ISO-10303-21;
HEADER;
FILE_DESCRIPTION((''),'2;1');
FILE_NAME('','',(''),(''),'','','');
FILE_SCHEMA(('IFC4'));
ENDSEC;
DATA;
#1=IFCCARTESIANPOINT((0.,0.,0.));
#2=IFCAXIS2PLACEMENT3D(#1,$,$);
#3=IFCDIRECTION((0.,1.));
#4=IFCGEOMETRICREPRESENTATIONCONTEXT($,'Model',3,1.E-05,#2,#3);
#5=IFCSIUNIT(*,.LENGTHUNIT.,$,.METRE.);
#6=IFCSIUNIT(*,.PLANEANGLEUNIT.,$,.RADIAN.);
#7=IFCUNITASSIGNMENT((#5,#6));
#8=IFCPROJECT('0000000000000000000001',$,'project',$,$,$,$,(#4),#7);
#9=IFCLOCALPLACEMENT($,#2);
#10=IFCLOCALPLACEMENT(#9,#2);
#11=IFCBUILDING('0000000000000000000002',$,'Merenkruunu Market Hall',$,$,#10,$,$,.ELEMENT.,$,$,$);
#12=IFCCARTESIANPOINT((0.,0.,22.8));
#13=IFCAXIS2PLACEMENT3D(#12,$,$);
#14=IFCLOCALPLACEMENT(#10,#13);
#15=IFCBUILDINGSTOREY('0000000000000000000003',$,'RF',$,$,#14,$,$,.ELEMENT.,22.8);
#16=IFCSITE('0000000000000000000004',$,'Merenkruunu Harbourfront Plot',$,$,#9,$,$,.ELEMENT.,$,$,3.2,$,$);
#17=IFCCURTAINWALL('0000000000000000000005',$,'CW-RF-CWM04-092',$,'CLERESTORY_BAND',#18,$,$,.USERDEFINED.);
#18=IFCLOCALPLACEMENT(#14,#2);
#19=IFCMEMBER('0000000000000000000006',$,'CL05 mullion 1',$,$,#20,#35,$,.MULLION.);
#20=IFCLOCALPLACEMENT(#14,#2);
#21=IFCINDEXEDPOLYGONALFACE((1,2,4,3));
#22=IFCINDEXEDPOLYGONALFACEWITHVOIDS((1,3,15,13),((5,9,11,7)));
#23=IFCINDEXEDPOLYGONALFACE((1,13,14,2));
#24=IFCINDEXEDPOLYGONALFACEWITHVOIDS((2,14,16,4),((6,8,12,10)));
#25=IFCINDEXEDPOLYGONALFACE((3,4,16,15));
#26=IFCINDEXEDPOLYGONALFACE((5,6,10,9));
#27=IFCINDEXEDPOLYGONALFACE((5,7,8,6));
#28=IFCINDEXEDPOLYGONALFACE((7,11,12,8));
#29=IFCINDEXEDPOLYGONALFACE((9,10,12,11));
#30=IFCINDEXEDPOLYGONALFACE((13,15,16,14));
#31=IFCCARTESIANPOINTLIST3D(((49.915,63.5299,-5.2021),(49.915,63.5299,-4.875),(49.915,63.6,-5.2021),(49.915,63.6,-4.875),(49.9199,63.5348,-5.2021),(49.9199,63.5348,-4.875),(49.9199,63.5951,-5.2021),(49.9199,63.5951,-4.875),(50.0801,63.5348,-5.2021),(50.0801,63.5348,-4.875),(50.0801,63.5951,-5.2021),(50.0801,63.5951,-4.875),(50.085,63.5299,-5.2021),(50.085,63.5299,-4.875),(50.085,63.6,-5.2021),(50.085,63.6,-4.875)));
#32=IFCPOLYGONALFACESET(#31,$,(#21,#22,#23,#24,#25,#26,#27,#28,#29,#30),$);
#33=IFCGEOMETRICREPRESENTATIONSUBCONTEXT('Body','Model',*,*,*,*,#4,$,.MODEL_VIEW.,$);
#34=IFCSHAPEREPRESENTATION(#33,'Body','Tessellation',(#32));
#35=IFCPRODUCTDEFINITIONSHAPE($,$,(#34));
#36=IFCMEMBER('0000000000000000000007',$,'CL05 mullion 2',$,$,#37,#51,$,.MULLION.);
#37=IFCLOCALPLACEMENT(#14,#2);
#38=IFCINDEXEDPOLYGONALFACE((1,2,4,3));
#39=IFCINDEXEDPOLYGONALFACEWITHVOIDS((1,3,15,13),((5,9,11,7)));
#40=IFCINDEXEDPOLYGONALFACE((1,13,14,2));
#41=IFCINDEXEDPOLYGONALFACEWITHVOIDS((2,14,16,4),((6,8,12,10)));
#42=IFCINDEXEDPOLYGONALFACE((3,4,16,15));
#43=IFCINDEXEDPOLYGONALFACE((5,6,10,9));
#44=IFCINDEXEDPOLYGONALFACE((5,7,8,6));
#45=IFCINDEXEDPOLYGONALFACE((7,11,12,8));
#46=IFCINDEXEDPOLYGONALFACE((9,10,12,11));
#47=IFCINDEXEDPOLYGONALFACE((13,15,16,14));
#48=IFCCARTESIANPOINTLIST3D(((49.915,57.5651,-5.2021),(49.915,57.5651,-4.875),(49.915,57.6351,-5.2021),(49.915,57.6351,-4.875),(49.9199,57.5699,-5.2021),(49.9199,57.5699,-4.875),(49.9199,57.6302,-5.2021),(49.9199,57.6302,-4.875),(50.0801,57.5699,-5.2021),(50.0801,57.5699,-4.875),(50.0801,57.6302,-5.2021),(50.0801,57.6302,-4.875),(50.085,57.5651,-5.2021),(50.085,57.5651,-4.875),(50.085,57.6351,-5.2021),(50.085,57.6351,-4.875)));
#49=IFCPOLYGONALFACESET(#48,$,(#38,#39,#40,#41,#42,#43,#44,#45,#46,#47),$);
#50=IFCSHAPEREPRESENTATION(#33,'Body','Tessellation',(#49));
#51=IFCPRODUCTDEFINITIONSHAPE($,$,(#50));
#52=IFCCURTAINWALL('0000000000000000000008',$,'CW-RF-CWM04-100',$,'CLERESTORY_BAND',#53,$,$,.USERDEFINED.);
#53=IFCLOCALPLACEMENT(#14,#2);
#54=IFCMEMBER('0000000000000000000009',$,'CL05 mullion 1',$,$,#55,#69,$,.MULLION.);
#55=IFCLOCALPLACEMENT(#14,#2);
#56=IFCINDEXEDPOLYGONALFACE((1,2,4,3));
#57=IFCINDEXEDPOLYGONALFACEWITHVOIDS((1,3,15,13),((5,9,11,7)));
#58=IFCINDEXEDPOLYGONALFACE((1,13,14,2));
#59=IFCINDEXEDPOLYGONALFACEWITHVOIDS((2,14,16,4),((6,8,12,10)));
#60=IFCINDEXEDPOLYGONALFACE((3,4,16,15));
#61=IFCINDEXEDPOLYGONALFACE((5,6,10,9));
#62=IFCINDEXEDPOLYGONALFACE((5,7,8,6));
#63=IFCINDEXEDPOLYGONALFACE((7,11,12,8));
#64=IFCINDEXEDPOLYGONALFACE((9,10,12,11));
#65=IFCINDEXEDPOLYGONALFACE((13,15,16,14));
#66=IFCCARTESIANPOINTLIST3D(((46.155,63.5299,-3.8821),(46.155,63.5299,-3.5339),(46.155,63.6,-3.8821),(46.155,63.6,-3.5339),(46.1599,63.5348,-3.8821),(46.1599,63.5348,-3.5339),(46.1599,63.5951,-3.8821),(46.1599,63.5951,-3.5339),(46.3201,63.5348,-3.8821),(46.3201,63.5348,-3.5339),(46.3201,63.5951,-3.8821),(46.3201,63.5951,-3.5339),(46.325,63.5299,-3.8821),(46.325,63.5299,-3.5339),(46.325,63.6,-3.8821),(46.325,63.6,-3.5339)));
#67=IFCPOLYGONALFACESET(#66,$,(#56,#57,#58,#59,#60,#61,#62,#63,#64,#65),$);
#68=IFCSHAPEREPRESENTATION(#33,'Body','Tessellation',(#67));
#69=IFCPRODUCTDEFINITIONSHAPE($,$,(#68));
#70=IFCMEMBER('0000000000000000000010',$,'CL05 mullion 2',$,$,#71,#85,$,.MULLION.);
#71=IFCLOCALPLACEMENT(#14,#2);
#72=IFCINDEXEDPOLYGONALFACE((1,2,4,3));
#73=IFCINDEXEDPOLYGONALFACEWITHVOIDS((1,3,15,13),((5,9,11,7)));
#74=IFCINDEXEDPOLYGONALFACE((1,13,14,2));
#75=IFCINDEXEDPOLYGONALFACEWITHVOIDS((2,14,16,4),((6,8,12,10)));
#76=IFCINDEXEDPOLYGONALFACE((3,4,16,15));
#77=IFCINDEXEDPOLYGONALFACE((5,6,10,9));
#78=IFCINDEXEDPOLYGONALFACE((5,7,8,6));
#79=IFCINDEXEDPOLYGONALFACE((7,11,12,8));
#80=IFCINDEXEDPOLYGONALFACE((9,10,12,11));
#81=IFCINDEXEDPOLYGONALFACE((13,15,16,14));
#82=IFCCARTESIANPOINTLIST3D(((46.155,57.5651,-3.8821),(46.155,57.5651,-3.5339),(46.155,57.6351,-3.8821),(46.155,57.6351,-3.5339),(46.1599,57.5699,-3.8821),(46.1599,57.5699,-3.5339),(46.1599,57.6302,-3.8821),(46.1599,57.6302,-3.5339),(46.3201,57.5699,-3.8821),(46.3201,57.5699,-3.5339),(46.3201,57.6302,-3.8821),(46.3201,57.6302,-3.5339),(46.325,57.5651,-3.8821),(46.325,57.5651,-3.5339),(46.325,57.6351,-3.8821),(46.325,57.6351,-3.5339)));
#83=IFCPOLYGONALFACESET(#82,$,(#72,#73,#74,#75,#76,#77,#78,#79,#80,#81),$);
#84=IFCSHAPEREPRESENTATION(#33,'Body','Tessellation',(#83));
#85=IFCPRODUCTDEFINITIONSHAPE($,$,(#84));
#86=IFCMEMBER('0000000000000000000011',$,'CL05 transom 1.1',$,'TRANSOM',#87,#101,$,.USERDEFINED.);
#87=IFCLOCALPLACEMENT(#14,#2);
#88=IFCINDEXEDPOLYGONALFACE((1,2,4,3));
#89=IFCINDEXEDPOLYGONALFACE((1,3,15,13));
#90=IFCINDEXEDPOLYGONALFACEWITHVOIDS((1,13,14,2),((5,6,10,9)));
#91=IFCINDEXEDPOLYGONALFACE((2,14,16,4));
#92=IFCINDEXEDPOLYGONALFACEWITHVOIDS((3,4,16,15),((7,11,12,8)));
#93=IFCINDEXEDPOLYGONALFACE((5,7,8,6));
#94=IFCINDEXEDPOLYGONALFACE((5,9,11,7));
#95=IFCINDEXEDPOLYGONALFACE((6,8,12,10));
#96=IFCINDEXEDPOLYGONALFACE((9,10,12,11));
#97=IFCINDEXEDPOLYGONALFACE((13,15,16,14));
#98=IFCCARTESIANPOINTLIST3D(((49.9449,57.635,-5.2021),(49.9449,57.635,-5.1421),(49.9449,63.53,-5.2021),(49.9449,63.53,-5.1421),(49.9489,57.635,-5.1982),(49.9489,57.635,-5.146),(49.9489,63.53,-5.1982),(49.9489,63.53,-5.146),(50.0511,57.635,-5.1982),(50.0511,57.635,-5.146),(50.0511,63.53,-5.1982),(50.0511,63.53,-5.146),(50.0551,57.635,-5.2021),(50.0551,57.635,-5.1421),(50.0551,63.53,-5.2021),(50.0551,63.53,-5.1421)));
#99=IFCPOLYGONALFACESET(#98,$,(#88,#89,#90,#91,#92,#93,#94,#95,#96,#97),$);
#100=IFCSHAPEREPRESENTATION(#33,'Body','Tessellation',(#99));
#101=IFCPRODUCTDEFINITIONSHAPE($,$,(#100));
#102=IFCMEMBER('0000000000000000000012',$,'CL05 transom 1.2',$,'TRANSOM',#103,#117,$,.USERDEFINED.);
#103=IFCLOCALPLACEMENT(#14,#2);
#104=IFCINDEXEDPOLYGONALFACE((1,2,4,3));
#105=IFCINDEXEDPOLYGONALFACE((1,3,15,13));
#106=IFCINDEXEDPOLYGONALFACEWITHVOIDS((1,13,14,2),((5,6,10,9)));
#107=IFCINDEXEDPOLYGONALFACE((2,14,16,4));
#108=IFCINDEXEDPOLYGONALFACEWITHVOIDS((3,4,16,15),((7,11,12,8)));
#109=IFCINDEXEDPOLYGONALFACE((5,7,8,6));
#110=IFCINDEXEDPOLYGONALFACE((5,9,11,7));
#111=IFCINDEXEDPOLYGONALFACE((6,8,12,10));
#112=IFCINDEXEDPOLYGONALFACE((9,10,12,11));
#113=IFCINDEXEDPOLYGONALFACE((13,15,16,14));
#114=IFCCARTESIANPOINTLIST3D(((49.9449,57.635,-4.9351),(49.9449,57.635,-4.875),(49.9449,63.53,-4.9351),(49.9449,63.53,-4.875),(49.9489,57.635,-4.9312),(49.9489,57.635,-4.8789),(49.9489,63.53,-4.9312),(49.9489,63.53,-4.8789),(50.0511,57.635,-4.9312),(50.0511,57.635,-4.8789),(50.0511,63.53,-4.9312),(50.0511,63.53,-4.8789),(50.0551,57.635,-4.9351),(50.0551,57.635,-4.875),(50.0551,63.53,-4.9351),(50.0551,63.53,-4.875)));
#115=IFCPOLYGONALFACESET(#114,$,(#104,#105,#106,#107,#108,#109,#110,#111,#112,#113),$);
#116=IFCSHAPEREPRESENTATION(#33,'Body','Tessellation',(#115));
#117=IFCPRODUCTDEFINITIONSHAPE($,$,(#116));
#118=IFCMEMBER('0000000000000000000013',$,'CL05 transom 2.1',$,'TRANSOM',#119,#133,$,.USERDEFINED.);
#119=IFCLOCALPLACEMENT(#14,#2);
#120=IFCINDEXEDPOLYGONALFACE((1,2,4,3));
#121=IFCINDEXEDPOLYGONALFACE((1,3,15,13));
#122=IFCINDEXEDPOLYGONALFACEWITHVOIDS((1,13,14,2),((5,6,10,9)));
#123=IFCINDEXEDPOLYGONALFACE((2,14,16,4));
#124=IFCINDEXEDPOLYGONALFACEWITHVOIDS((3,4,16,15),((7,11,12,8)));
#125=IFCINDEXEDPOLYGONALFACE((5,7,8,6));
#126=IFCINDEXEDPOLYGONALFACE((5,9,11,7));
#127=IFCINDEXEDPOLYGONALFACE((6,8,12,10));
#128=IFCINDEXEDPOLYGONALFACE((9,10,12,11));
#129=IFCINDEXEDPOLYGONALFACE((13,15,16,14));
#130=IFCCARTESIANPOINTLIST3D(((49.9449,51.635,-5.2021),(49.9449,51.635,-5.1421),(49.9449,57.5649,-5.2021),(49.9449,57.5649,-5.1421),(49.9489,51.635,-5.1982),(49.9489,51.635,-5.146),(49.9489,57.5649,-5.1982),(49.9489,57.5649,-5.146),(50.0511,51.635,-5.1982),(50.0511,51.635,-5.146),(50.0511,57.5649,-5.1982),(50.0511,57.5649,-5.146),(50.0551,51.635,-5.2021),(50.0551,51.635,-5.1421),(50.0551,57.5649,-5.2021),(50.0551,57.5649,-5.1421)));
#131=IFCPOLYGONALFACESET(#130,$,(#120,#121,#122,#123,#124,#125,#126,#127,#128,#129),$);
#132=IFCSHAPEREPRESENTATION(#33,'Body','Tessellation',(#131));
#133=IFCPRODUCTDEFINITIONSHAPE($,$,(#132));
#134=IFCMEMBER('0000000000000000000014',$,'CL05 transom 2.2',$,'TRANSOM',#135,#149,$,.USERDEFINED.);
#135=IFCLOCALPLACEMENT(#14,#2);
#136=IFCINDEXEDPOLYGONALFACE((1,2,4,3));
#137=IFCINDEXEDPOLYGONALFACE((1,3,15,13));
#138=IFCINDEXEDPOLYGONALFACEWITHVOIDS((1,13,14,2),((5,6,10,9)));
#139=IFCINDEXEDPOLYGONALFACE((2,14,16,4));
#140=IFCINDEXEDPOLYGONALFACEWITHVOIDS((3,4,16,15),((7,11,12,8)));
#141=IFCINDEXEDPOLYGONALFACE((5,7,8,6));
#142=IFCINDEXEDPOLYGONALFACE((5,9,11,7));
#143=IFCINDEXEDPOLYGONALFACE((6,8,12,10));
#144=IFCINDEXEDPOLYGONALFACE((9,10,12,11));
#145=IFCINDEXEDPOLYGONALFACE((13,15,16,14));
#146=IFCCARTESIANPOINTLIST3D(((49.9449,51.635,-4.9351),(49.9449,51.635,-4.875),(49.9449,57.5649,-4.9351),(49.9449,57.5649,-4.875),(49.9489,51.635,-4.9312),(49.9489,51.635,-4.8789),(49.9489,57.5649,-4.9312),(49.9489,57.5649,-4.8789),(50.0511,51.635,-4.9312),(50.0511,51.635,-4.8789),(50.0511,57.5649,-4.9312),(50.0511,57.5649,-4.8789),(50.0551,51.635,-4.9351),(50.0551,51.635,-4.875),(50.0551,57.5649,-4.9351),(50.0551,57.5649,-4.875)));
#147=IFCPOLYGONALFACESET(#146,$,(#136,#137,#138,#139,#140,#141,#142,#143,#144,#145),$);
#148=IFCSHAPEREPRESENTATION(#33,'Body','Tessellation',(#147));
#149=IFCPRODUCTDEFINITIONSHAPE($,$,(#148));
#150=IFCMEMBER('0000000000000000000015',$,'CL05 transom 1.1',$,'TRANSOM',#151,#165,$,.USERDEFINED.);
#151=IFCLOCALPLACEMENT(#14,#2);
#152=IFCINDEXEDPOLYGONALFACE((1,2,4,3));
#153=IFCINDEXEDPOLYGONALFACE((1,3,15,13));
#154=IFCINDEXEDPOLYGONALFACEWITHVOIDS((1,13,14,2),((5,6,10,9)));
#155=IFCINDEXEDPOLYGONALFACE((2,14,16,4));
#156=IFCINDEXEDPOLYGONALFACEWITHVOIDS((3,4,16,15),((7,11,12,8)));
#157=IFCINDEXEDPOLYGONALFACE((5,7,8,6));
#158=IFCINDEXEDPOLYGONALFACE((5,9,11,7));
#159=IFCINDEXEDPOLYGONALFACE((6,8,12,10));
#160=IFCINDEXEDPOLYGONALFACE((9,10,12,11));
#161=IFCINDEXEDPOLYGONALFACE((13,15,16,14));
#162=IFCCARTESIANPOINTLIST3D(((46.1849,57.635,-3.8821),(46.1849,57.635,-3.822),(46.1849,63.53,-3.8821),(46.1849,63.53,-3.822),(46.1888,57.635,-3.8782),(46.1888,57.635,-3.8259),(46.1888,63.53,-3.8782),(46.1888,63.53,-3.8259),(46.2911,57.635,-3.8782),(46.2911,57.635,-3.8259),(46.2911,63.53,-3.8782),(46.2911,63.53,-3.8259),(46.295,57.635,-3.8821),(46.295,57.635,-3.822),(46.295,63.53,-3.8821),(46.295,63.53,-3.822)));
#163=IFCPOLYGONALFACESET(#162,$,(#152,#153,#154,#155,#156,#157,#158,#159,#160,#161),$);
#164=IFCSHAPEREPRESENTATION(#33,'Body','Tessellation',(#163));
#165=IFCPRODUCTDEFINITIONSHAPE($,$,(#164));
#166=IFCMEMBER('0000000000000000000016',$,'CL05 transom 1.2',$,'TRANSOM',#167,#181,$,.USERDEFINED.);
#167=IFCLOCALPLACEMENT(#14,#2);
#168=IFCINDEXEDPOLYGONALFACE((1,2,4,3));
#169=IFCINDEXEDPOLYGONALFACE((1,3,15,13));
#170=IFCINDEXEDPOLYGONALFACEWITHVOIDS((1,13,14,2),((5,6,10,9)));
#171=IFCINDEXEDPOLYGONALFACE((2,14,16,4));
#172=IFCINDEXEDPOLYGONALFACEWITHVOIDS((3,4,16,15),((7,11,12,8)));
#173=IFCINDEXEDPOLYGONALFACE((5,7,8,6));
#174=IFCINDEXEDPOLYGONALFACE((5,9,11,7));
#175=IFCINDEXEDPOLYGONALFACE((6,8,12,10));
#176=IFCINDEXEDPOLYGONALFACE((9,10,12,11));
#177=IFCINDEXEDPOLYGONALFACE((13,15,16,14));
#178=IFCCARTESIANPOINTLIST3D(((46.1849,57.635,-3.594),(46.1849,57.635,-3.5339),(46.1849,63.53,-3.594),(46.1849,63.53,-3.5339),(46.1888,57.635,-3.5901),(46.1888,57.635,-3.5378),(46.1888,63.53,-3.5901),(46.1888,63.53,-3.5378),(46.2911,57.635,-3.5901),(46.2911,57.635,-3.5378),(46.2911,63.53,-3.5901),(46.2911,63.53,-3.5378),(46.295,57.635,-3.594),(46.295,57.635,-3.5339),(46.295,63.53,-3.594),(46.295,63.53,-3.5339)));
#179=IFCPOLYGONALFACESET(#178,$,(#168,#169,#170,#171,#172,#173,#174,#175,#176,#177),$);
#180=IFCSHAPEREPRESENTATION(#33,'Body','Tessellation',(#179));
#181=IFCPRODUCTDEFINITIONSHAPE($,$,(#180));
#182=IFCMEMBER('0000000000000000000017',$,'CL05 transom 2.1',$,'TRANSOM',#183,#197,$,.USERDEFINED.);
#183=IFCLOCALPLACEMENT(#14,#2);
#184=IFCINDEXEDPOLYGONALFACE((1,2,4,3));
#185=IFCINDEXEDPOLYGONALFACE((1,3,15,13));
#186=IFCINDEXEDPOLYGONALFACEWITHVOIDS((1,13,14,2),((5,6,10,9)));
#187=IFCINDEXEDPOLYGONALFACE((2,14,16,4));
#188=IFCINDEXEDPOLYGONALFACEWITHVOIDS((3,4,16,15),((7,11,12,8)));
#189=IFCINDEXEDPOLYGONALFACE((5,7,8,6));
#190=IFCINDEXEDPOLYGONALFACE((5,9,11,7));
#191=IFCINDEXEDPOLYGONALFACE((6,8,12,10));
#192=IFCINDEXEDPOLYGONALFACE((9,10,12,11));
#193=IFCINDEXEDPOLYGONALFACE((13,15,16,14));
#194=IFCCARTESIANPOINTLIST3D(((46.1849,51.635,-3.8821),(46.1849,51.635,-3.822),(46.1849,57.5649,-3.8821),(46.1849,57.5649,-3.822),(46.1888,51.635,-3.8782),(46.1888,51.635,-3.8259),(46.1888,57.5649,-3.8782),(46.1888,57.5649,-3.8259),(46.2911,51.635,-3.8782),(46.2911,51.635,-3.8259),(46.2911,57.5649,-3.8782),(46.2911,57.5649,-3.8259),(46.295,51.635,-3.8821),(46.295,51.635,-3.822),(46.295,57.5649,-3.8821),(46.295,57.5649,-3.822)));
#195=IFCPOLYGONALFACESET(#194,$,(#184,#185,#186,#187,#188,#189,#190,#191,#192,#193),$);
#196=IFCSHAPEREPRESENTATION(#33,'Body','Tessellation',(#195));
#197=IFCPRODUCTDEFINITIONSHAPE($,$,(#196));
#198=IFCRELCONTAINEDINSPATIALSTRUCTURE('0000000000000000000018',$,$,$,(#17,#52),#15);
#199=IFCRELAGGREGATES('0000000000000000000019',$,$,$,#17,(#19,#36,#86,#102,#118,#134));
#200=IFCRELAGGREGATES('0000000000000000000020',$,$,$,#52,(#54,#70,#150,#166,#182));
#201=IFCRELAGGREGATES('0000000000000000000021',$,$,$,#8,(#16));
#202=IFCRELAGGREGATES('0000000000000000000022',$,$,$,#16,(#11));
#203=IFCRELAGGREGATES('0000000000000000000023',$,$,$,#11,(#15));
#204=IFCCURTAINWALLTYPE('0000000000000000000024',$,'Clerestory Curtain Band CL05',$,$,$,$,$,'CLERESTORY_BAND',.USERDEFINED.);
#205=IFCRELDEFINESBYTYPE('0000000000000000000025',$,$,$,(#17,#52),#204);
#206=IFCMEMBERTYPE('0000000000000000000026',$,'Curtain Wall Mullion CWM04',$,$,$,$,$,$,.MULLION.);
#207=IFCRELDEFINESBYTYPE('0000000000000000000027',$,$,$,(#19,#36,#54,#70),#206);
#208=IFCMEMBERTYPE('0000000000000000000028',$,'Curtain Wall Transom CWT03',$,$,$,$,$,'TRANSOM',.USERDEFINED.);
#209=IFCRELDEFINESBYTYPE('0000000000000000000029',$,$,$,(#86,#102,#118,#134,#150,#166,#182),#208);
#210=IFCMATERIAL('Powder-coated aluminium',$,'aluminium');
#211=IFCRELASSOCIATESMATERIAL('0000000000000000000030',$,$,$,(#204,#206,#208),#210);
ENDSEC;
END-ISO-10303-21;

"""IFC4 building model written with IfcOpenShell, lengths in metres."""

from ifc_helpers import new_model, si_unit, direction, frame, origin, origin_2d, place, context, subcontext, project, spatial, hollow_rectangle, extrude, material, material_profile, profile_set, type_object, element, aggregate, save


model = new_model("IFC4")

# Units and contexts
model_context = context("Model", 3, precision=1e-05, world=origin(), true_north=direction((0.0, 1.0)))
body_context = subcontext(model_context, "Body", "Model", "MODEL_VIEW")
ifc_project = project(units=[si_unit("LENGTHUNIT", "METRE"), si_unit("PLANEANGLEUNIT", "RADIAN")], contexts=[model_context])

# Site, building, storey
site_placement = place(None, origin())
site = spatial("IfcSite", under=ifc_project, at=site_placement, Name="Merenkruunu Harbourfront Plot", CompositionType="ELEMENT", RefElevation=3.2)
building_placement = place(site_placement, origin())
building = spatial("IfcBuilding", under=site, at=building_placement, Name="Merenkruunu Market Hall", CompositionType="ELEMENT")
storey_placement = place(building_placement, frame((0.0, 0.0, 22.8)))
storey = spatial("IfcBuildingStorey", under=building, at=storey_placement, Name="RF", CompositionType="ELEMENT", Elevation=22.8)

# Curtain walls, members
ifc_material_1 = material(Name="Powder-coated aluminium", Category="aluminium")
curtain_wall_type = type_object("IfcCurtainWallType", Name="Clerestory Curtain Band CL05", ElementType="CLERESTORY_BAND", PredefinedType="USERDEFINED", material=ifc_material_1)
curtain_wall_1_placement = place(storey_placement, origin())
curtain_wall_1 = element("IfcCurtainWall", 1, at=curtain_wall_1_placement, inside=storey, type_object=curtain_wall_type, Name="CW-RF-CWM04-092", ObjectType="CLERESTORY_BAND", PredefinedType="USERDEFINED")
ifc_material_profile_1 = material_profile(ifc_material_1, hollow_rectangle(XDim=0.0701, YDim=0.1699, WallThickness=0.0049, at=origin_2d()), Name="ALU 70x170x5")
ifc_profile_set_1 = profile_set([ifc_material_profile_1], Name="Powder-coated aluminium")
member_type_1 = type_object("IfcMemberType", Name="Curtain Wall Mullion CWM04", PredefinedType="MULLION", material=ifc_profile_set_1)
member_1_placement = place(storey_placement, frame((50.0, 63.5649, -5.2021), z_axis=(0.0, 0.0, 1.0), x_axis=(0.0, -1.0, 0.0)))
member_1 = element("IfcMember", 2, at=member_1_placement, type_object=member_type_1, Name="CL05 mullion 1", PredefinedType="MULLION", context=body_context, shape_type="SweptSolid", body=[
    extrude(hollow_rectangle(XDim=0.0701, YDim=0.1699, WallThickness=0.0049, at=origin_2d()), origin(), (0.0, 0.0, 1.0), 0.3271),
])
member_2_placement = place(storey_placement, frame((50.0, 57.6001, -5.2021), z_axis=(0.0, 0.0, 1.0), x_axis=(0.0, -1.0, 0.0)))
member_2 = element("IfcMember", 3, at=member_2_placement, type_object=member_type_1, Name="CL05 mullion 2", PredefinedType="MULLION", context=body_context, shape_type="SweptSolid", body=[
    extrude(hollow_rectangle(XDim=0.0701, YDim=0.1699, WallThickness=0.0049, at=origin_2d()), origin(), (0.0, 0.0, 1.0), 0.3271),
])
curtain_wall_2_placement = place(storey_placement, origin())
curtain_wall_2 = element("IfcCurtainWall", 4, at=curtain_wall_2_placement, inside=storey, type_object=curtain_wall_type, Name="CW-RF-CWM04-100", ObjectType="CLERESTORY_BAND", PredefinedType="USERDEFINED")
member_3_placement = place(storey_placement, frame((46.24, 63.5649, -3.8821), z_axis=(0.0, 0.0, 1.0), x_axis=(0.0, -1.0, 0.0)))
member_3 = element("IfcMember", 5, at=member_3_placement, type_object=member_type_1, Name="CL05 mullion 1", PredefinedType="MULLION", context=body_context, shape_type="SweptSolid", body=[
    extrude(hollow_rectangle(XDim=0.0701, YDim=0.1699, WallThickness=0.0049, at=origin_2d()), origin(), (0.0, 0.0, 1.0), 0.3481),
])
member_4_placement = place(storey_placement, frame((46.24, 57.6001, -3.8821), z_axis=(0.0, 0.0, 1.0), x_axis=(0.0, -1.0, 0.0)))
member_4 = element("IfcMember", 6, at=member_4_placement, type_object=member_type_1, Name="CL05 mullion 2", PredefinedType="MULLION", context=body_context, shape_type="SweptSolid", body=[
    extrude(hollow_rectangle(XDim=0.0701, YDim=0.1699, WallThickness=0.0049, at=origin_2d()), origin(), (0.0, 0.0, 1.0), 0.3481),
])

# Members
ifc_material_profile_2 = material_profile(ifc_material_1, hollow_rectangle(XDim=0.0601, YDim=0.1101, WallThickness=0.0039, at=origin_2d()), Name="ALU 60x110x4")
ifc_profile_set_2 = profile_set([ifc_material_profile_2], Name="Powder-coated aluminium")
member_type_2 = type_object("IfcMemberType", Name="Curtain Wall Transom CWT03", ElementType="TRANSOM", PredefinedType="USERDEFINED", material=ifc_profile_set_2)
member_5_placement = place(storey_placement, frame((50.0, 63.53, -5.1721), z_axis=(0.0, -1.0, 0.0), x_axis=(0.0, 0.0, 1.0)))
member_5 = element("IfcMember", 7, at=member_5_placement, type_object=member_type_2, Name="CL05 transom 1.1", ObjectType="TRANSOM", PredefinedType="USERDEFINED", context=body_context, shape_type="SweptSolid", body=[
    extrude(hollow_rectangle(XDim=0.0601, YDim=0.1101, WallThickness=0.0039, at=origin_2d()), origin(), (0.0, 0.0, 1.0), 5.895),
])
member_6_placement = place(storey_placement, frame((50.0, 63.53, -4.905), z_axis=(0.0, -1.0, 0.0), x_axis=(0.0, 0.0, 1.0)))
member_6 = element("IfcMember", 8, at=member_6_placement, type_object=member_type_2, Name="CL05 transom 1.2", ObjectType="TRANSOM", PredefinedType="USERDEFINED", context=body_context, shape_type="SweptSolid", body=[
    extrude(hollow_rectangle(XDim=0.0601, YDim=0.1101, WallThickness=0.0039, at=origin_2d()), origin(), (0.0, 0.0, 1.0), 5.895),
])
member_7_placement = place(storey_placement, frame((50.0, 57.5649, -5.1721), z_axis=(0.0, -1.0, 0.0), x_axis=(0.0, 0.0, 1.0)))
member_7 = element("IfcMember", 9, at=member_7_placement, type_object=member_type_2, Name="CL05 transom 2.1", ObjectType="TRANSOM", PredefinedType="USERDEFINED", context=body_context, shape_type="SweptSolid", body=[
    extrude(hollow_rectangle(XDim=0.0601, YDim=0.1101, WallThickness=0.0039, at=origin_2d()), origin(), (0.0, 0.0, 1.0), 5.9299),
])
member_8_placement = place(storey_placement, frame((50.0, 57.5649, -4.905), z_axis=(0.0, -1.0, 0.0), x_axis=(0.0, 0.0, 1.0)))
member_8 = element("IfcMember", 10, at=member_8_placement, type_object=member_type_2, Name="CL05 transom 2.2", ObjectType="TRANSOM", PredefinedType="USERDEFINED", context=body_context, shape_type="SweptSolid", body=[
    extrude(hollow_rectangle(XDim=0.0601, YDim=0.1101, WallThickness=0.0039, at=origin_2d()), origin(), (0.0, 0.0, 1.0), 5.9299),
])
member_9_placement = place(storey_placement, frame((46.24, 63.53, -3.8521), z_axis=(0.0, -1.0, 0.0), x_axis=(0.0, 0.0, 1.0)))
member_9 = element("IfcMember", 11, at=member_9_placement, type_object=member_type_2, Name="CL05 transom 1.1", ObjectType="TRANSOM", PredefinedType="USERDEFINED", context=body_context, shape_type="SweptSolid", body=[
    extrude(hollow_rectangle(XDim=0.0601, YDim=0.1101, WallThickness=0.0039, at=origin_2d()), origin(), (0.0, 0.0, 1.0), 5.895),
])
member_10_placement = place(storey_placement, frame((46.24, 63.53, -3.564), z_axis=(0.0, -1.0, 0.0), x_axis=(0.0, 0.0, 1.0)))
member_10 = element("IfcMember", 12, at=member_10_placement, type_object=member_type_2, Name="CL05 transom 1.2", ObjectType="TRANSOM", PredefinedType="USERDEFINED", context=body_context, shape_type="SweptSolid", body=[
    extrude(hollow_rectangle(XDim=0.0601, YDim=0.1101, WallThickness=0.0039, at=origin_2d()), origin(), (0.0, 0.0, 1.0), 5.895),
])
member_11_placement = place(storey_placement, frame((46.24, 57.5649, -3.8521), z_axis=(0.0, -1.0, 0.0), x_axis=(0.0, 0.0, 1.0)))
member_11 = element("IfcMember", 13, at=member_11_placement, type_object=member_type_2, Name="CL05 transom 2.1", ObjectType="TRANSOM", PredefinedType="USERDEFINED", context=body_context, shape_type="SweptSolid", body=[
    extrude(hollow_rectangle(XDim=0.0601, YDim=0.1101, WallThickness=0.0039, at=origin_2d()), origin(), (0.0, 0.0, 1.0), 5.9299),
])

aggregate(curtain_wall_1, [member_1, member_2, member_5, member_6, member_7, member_8])
aggregate(curtain_wall_2, [member_3, member_4, member_9, member_10, member_11])

save(model, "model.ifc")
